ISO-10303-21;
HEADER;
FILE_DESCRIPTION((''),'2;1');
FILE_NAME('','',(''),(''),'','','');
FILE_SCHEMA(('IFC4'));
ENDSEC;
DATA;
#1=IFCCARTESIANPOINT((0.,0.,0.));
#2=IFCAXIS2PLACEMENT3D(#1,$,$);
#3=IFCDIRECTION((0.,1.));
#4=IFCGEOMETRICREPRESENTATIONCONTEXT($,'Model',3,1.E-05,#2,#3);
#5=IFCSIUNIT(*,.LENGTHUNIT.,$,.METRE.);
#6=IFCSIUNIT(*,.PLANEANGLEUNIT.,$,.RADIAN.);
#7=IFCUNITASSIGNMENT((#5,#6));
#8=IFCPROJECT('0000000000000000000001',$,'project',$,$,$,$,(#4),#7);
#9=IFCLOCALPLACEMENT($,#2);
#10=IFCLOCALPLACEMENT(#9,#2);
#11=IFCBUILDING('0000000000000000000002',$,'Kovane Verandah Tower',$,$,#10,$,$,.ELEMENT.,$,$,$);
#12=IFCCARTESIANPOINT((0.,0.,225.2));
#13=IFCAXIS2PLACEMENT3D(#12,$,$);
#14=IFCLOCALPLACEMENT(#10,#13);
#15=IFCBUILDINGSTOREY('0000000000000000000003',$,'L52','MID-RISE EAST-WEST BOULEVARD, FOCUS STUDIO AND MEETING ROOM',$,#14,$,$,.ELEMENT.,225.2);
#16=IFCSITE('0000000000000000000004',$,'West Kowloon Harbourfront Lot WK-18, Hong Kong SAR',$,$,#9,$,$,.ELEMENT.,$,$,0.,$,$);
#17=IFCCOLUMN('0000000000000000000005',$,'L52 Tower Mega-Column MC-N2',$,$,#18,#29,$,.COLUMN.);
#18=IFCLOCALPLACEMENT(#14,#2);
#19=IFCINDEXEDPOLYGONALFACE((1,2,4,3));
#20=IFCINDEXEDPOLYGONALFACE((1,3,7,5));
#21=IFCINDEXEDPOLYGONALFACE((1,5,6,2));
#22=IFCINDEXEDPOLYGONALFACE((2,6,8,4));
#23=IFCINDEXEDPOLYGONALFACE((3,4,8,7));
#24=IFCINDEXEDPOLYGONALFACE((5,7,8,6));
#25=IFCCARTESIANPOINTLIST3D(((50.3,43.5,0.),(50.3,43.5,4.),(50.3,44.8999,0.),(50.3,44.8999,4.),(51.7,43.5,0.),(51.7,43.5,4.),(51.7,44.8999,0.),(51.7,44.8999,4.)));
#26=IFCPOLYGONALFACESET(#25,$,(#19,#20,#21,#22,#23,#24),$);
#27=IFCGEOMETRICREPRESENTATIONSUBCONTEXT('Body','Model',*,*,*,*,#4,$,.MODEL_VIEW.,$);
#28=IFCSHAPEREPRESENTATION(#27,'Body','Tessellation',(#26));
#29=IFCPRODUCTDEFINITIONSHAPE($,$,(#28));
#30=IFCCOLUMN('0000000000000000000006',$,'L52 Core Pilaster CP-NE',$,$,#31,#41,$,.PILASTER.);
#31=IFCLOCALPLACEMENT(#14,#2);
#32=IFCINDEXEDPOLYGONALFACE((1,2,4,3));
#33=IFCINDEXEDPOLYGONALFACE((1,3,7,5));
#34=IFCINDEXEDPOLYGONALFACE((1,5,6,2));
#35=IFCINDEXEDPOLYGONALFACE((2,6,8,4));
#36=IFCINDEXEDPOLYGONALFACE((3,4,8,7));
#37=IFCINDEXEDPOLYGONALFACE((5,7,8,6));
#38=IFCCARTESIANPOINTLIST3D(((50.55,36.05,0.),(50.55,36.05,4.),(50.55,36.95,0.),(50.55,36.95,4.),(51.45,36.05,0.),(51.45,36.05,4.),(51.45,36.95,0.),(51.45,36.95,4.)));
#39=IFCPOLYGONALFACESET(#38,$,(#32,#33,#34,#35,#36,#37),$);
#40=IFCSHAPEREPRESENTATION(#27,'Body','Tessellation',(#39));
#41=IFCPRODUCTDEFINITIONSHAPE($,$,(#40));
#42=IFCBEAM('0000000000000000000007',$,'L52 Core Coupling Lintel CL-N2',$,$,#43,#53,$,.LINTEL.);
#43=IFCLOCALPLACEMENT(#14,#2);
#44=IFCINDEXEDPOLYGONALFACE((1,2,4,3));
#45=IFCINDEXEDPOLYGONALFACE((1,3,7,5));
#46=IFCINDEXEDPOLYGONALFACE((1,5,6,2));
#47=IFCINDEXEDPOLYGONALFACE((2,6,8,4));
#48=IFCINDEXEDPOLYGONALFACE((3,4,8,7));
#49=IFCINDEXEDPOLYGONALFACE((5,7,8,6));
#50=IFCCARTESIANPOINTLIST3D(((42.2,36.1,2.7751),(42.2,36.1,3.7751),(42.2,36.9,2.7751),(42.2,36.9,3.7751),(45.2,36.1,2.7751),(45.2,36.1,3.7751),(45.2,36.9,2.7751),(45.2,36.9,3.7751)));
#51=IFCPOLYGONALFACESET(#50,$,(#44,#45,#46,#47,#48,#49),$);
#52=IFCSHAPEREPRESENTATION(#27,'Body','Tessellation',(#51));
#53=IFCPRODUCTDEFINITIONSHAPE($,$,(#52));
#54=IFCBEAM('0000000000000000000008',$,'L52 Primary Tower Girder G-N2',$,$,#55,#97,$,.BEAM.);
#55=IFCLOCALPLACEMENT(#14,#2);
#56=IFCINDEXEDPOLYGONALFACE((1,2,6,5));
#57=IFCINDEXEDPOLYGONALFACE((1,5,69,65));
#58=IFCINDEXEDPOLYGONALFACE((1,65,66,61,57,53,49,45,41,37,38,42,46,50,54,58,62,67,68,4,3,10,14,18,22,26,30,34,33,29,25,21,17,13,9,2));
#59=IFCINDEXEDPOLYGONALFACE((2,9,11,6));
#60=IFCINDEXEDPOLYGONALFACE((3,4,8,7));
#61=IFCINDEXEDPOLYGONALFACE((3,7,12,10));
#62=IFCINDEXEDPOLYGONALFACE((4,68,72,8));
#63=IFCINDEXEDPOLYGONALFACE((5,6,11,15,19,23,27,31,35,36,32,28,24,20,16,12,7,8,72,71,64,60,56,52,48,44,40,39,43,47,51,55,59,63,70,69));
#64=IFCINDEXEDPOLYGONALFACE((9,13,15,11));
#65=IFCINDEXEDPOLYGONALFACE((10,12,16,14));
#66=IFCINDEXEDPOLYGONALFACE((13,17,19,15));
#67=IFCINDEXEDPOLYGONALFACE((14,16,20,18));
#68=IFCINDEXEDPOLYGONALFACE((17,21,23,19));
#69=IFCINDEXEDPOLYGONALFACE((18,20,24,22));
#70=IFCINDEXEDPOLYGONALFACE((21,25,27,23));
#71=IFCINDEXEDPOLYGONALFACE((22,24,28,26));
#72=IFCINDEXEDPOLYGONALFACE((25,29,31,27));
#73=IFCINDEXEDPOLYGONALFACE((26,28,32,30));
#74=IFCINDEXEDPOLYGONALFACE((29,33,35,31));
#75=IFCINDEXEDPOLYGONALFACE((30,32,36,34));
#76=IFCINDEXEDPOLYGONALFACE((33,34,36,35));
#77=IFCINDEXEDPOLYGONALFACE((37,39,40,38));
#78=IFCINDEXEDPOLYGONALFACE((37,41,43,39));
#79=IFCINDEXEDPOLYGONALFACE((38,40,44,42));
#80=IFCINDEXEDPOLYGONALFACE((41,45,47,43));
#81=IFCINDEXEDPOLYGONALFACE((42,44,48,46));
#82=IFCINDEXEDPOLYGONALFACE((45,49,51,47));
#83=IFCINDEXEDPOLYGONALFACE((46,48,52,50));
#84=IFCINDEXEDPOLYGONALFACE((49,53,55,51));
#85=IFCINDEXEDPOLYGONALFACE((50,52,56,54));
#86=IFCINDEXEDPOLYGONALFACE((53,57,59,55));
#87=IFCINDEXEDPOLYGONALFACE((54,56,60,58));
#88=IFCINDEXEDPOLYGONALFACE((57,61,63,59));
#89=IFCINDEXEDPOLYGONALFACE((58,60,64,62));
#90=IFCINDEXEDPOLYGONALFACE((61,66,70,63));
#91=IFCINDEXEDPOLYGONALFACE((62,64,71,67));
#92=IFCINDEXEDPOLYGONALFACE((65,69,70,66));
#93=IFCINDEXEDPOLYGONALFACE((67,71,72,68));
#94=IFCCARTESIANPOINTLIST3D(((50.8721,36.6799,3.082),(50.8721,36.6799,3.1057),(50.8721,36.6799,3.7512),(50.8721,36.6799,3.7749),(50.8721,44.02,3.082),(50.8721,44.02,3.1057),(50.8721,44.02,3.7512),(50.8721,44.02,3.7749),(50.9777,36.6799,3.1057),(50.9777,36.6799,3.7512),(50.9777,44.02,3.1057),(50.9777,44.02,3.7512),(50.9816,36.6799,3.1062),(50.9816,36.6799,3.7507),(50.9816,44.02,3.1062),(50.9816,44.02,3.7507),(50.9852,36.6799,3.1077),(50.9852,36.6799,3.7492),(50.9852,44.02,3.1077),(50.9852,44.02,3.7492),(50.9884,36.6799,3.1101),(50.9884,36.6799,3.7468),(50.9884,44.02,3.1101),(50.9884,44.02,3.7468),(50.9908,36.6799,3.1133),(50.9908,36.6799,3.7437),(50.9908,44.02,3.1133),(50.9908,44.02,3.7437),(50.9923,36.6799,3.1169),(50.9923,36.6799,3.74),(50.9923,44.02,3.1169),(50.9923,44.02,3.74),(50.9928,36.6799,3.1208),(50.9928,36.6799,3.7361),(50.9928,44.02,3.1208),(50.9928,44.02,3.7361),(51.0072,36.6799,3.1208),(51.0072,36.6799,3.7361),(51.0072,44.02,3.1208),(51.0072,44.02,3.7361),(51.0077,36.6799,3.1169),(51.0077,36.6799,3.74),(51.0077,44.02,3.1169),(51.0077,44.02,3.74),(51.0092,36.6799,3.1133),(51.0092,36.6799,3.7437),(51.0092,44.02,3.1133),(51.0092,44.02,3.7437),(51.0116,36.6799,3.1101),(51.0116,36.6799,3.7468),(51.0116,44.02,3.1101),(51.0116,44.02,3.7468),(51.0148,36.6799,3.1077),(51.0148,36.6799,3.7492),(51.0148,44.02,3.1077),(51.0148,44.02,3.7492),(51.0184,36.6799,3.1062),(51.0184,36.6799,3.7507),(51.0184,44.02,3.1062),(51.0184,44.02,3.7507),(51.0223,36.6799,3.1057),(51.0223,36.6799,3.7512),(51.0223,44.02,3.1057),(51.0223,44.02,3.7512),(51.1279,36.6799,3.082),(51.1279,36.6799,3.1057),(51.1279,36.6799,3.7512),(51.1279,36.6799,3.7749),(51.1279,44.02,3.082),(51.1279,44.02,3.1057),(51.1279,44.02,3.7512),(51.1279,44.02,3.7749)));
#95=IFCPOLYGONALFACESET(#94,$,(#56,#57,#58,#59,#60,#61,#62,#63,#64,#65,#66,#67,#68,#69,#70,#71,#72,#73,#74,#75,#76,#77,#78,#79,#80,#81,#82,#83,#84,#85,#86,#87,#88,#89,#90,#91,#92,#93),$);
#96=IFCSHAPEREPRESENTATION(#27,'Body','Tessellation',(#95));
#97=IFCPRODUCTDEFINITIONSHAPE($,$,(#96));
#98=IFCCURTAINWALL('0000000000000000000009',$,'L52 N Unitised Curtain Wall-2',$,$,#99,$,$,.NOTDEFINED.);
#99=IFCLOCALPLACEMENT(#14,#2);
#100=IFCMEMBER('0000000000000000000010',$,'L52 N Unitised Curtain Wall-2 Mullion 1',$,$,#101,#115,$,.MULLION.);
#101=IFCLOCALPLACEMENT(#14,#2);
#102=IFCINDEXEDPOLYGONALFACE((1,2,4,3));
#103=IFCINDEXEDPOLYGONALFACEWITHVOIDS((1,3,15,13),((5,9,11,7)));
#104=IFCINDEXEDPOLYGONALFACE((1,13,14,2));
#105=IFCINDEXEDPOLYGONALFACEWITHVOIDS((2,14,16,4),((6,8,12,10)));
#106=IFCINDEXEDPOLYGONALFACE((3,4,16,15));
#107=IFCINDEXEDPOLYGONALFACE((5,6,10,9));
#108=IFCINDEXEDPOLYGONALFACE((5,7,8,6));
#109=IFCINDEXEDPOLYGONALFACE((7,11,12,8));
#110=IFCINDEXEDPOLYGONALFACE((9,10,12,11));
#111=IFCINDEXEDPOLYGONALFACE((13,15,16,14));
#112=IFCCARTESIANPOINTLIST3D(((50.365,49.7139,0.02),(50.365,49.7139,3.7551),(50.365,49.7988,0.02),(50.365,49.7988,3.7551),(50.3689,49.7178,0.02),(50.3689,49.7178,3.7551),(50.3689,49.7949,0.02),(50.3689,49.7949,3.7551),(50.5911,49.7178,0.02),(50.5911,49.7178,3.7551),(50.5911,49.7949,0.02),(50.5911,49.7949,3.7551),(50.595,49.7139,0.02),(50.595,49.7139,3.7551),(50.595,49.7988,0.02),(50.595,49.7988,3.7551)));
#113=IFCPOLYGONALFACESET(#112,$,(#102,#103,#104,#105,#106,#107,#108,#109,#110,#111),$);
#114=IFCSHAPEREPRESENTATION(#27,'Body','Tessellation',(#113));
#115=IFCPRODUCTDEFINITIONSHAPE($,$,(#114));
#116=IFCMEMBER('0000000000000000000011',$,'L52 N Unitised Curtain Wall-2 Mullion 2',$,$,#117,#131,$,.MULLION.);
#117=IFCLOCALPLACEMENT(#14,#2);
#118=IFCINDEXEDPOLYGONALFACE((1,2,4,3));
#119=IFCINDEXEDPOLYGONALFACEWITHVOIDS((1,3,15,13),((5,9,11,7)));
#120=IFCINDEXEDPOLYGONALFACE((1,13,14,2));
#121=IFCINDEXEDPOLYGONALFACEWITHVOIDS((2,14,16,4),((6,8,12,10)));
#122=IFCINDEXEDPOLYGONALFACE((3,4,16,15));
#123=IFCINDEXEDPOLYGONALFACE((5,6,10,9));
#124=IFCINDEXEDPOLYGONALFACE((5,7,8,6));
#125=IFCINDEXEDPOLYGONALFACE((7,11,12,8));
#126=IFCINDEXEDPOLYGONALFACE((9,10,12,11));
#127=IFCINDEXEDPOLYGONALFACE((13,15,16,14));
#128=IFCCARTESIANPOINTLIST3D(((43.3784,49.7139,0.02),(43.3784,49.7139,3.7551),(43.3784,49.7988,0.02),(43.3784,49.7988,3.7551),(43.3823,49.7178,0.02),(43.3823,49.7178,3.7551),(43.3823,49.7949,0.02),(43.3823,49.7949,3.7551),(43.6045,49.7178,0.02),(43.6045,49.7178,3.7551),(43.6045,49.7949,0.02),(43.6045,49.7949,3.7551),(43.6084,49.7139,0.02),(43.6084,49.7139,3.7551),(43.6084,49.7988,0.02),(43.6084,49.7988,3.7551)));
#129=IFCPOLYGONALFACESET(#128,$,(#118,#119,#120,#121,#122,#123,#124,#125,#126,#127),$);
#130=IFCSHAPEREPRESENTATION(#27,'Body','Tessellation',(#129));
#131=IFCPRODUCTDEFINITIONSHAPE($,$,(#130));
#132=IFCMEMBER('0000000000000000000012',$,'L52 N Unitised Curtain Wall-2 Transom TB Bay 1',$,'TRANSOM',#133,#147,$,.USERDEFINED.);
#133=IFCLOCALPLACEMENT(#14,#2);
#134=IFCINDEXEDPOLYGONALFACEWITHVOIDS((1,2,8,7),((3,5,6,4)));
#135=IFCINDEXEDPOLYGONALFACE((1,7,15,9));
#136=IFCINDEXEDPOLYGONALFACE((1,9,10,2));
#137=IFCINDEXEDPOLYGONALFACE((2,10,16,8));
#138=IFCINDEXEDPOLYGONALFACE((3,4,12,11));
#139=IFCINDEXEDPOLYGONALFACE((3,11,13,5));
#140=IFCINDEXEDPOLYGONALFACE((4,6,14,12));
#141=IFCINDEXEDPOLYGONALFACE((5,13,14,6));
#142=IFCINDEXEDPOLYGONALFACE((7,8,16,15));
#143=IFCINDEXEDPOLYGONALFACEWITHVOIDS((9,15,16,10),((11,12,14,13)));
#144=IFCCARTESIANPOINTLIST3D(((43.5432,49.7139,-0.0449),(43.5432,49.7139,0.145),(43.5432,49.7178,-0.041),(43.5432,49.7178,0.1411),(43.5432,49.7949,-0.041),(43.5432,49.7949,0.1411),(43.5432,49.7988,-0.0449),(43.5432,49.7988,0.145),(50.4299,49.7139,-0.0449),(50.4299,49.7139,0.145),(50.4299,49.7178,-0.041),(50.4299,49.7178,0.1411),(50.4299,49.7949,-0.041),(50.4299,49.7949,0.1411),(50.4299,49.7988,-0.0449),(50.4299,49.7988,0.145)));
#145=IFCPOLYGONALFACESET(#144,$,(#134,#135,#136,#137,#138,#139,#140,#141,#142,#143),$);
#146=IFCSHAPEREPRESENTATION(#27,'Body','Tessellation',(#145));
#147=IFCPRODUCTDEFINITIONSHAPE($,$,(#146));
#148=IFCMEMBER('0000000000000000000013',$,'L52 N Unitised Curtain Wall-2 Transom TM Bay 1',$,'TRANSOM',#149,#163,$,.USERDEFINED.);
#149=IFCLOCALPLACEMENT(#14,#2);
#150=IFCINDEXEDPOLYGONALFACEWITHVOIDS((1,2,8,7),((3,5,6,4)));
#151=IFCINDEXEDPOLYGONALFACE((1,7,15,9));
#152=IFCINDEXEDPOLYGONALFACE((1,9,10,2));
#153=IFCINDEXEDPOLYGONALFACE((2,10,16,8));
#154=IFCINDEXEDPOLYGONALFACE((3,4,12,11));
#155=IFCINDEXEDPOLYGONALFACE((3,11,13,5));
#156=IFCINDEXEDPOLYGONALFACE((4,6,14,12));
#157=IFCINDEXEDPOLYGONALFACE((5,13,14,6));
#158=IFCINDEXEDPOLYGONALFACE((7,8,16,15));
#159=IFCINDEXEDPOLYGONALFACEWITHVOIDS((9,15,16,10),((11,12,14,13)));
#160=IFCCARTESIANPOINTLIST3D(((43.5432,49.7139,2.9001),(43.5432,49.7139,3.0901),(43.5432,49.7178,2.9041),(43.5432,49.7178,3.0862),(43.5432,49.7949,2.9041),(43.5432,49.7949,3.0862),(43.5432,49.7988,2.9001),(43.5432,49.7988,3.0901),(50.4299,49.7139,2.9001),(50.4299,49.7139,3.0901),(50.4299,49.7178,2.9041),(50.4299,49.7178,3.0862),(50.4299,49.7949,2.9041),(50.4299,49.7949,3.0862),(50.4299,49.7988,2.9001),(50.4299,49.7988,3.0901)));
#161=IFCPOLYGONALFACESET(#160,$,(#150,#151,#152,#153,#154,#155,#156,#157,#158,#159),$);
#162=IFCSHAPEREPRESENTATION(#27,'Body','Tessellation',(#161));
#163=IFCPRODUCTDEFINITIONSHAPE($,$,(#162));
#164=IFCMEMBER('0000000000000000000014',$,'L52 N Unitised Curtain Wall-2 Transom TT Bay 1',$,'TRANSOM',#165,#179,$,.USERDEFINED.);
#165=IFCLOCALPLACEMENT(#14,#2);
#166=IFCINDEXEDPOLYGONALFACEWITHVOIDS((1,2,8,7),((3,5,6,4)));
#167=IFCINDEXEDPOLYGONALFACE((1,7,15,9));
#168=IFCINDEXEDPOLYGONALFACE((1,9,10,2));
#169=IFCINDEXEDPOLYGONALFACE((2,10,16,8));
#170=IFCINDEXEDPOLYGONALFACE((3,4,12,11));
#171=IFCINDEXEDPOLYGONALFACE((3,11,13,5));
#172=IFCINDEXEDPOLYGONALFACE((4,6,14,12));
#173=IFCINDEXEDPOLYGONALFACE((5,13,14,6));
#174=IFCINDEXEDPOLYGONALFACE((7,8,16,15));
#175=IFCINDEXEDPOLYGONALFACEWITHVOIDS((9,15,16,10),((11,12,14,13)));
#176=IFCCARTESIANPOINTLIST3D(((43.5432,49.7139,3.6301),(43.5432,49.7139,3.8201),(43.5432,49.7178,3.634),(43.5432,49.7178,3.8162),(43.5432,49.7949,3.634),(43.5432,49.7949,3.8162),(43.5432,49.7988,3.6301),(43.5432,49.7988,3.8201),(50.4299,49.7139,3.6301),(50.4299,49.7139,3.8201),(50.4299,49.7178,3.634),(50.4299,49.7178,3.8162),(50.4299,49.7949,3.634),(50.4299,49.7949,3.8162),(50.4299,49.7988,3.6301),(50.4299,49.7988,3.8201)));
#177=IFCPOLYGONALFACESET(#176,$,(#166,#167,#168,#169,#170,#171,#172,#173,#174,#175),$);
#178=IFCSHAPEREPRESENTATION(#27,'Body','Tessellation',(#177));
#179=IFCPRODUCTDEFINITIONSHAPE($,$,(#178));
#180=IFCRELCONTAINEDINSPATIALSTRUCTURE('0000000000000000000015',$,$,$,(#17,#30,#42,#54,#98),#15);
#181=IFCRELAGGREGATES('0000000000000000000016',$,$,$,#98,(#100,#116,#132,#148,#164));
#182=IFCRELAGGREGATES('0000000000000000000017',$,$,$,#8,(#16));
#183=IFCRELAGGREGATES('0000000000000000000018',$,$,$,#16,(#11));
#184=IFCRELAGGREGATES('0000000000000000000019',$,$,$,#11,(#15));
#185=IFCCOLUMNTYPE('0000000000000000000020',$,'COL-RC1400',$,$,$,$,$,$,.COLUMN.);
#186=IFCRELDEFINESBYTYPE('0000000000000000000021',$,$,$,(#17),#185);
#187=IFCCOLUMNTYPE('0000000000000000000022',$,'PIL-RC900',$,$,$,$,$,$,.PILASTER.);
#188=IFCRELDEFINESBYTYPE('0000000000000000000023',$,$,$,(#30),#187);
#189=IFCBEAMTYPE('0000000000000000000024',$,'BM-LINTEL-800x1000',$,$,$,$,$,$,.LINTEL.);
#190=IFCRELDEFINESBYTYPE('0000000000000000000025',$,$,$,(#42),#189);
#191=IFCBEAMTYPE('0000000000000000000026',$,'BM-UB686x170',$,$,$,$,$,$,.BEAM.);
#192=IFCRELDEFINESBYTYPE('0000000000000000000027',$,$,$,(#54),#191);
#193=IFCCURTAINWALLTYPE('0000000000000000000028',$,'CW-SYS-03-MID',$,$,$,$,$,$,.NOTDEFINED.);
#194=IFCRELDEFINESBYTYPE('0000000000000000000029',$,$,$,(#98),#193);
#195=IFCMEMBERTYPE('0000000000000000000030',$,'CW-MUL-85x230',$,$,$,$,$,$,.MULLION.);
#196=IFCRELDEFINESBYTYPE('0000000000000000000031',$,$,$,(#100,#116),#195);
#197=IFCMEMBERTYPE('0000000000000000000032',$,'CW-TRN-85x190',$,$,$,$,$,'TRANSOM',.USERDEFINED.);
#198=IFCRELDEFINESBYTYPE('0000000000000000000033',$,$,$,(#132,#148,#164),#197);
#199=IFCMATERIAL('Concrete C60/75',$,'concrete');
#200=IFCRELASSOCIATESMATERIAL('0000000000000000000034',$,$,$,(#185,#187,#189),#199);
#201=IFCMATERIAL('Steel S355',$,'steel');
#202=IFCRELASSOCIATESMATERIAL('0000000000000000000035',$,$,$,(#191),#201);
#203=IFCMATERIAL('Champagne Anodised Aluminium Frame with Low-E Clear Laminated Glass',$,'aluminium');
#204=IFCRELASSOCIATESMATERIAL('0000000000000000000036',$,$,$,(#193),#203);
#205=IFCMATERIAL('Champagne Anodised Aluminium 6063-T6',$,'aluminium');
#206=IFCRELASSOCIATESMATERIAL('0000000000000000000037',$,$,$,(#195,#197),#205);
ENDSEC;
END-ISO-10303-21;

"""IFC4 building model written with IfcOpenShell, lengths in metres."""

from ifc_helpers import new_model, si_unit, direction, frame, origin, origin_2d, place, context, subcontext, project, spatial, rectangle, hollow_rectangle, i_section, extrude, material, material_profile, profile_set, type_object, element, aggregate, save


model = new_model("IFC4")

# Units and contexts
model_context = context("Model", 3, precision=1e-05, world=origin(), true_north=direction((0.0, 1.0)))
body_context = subcontext(model_context, "Body", "Model", "MODEL_VIEW")
ifc_project = project(units=[si_unit("LENGTHUNIT", "METRE"), si_unit("PLANEANGLEUNIT", "RADIAN")], contexts=[model_context])

# Site, building, storey
site_placement = place(None, origin())
site = spatial("IfcSite", under=ifc_project, at=site_placement, Name="West Kowloon Harbourfront Lot WK-18, Hong Kong SAR", CompositionType="ELEMENT", RefElevation=0.0)
building_placement = place(site_placement, origin())
building = spatial("IfcBuilding", under=site, at=building_placement, Name="Kovane Verandah Tower", CompositionType="ELEMENT")
storey_placement = place(building_placement, frame((0.0, 0.0, 225.2)))
storey = spatial("IfcBuildingStorey", under=building, at=storey_placement, Name="L52", Description="MID-RISE EAST-WEST BOULEVARD, FOCUS STUDIO AND MEETING ROOM", CompositionType="ELEMENT", Elevation=225.2)

# Columns
ifc_material_1 = material(Name="Concrete C60/75", Category="concrete")
ifc_material_profile_1 = material_profile(ifc_material_1, rectangle(XDim=1.3999, YDim=1.3999, at=origin_2d()), Name="RC1400x1400")
ifc_profile_set_1 = profile_set([ifc_material_profile_1], Name="Concrete C60/75")
column_type_1 = type_object("IfcColumnType", Name="COL-RC1400", PredefinedType="COLUMN", material=ifc_profile_set_1)
column_1_placement = place(storey_placement, frame((51.0, 44.2, 0.0), z_axis=(0.0, 0.0, 1.0), x_axis=(1.0, 0.0, 0.0)))
element("IfcColumn", 1, at=column_1_placement, inside=storey, type_object=column_type_1, Name="L52 Tower Mega-Column MC-N2", PredefinedType="COLUMN", context=body_context, shape_type="SweptSolid", body=[
    extrude(rectangle(XDim=1.3999, YDim=1.3999, at=origin_2d()), origin(), (0.0, 0.0, 1.0), 4.0),
])
ifc_material_profile_2 = material_profile(ifc_material_1, rectangle(XDim=0.8999, YDim=0.8999, at=origin_2d()), Name="RC900x900")
ifc_profile_set_2 = profile_set([ifc_material_profile_2], Name="Concrete C60/75")
column_type_2 = type_object("IfcColumnType", Name="PIL-RC900", PredefinedType="PILASTER", material=ifc_profile_set_2)
column_2_placement = place(storey_placement, frame((51.0, 36.5, 0.0), z_axis=(0.0, 0.0, 1.0), x_axis=(1.0, 0.0, 0.0)))
element("IfcColumn", 2, at=column_2_placement, inside=storey, type_object=column_type_2, Name="L52 Core Pilaster CP-NE", PredefinedType="PILASTER", context=body_context, shape_type="SweptSolid", body=[
    extrude(rectangle(XDim=0.8999, YDim=0.8999, at=origin_2d()), origin(), (0.0, 0.0, 1.0), 4.0),
])

# Beams
ifc_material_profile_3 = material_profile(ifc_material_1, rectangle(XDim=0.8, YDim=1.0, at=origin_2d()), Name="RCB800x1000")
ifc_profile_set_3 = profile_set([ifc_material_profile_3], Name="Concrete C60/75")
beam_type_1 = type_object("IfcBeamType", Name="BM-LINTEL-800x1000", PredefinedType="LINTEL", material=ifc_profile_set_3)
beam_1_placement = place(storey_placement, frame((42.2, 36.5, 3.2751), z_axis=(1.0, 0.0, 0.0), x_axis=(0.0, 1.0, 0.0)))
element("IfcBeam", 3, at=beam_1_placement, inside=storey, type_object=beam_type_1, Name="L52 Core Coupling Lintel CL-N2", PredefinedType="LINTEL", context=body_context, shape_type="SweptSolid", body=[
    extrude(rectangle(XDim=0.8, YDim=1.0, at=origin_2d()), origin(), (0.0, 0.0, 1.0), 3.0),
])
ifc_material_2 = material(Name="Steel S355", Category="steel")
ifc_material_profile_4 = material_profile(ifc_material_2, i_section(OverallWidth=0.2559, OverallDepth=0.6929, WebThickness=0.0144, FlangeThickness=0.0237, FilletRadius=0.0151, at=origin_2d()), Name="UB686x254x170")
ifc_profile_set_4 = profile_set([ifc_material_profile_4], Name="Steel S355")
beam_type_2 = type_object("IfcBeamType", Name="BM-UB686x170", PredefinedType="BEAM", material=ifc_profile_set_4)
beam_2_placement = place(storey_placement, frame((51.0, 36.6799, 3.4285), z_axis=(0.0, 1.0, 0.0), x_axis=(-1.0, 0.0, 0.0)))
element("IfcBeam", 4, at=beam_2_placement, inside=storey, type_object=beam_type_2, Name="L52 Primary Tower Girder G-N2", PredefinedType="BEAM", context=body_context, shape_type="SweptSolid", body=[
    extrude(i_section(OverallWidth=0.2559, OverallDepth=0.6929, WebThickness=0.0144, FlangeThickness=0.0237, FilletRadius=0.0151, at=origin_2d()), origin(), (0.0, 0.0, 1.0), 7.3401),
])

# Curtain wall, members
ifc_material_3 = material(Name="Champagne Anodised Aluminium Frame with Low-E Clear Laminated Glass", Category="aluminium")
curtain_wall_type = type_object("IfcCurtainWallType", Name="CW-SYS-03-MID", PredefinedType="NOTDEFINED", material=ifc_material_3)
curtain_wall_placement = place(storey_placement, origin())
curtain_wall = element("IfcCurtainWall", 5, at=curtain_wall_placement, inside=storey, type_object=curtain_wall_type, Name="L52 N Unitised Curtain Wall-2", PredefinedType="NOTDEFINED")
ifc_material_4 = material(Name="Champagne Anodised Aluminium 6063-T6", Category="aluminium")
ifc_material_profile_5 = material_profile(ifc_material_4, hollow_rectangle(XDim=0.085, YDim=0.23, WallThickness=0.0039, at=origin_2d()), Name="AL85x230x4")
ifc_profile_set_5 = profile_set([ifc_material_profile_5], Name="Champagne Anodised Aluminium 6063-T6")
member_type_1 = type_object("IfcMemberType", Name="CW-MUL-85x230", PredefinedType="MULLION", material=ifc_profile_set_5)
member_1_placement = place(storey_placement, frame((50.48, 49.7563, 0.02), z_axis=(0.0, 0.0, 1.0), x_axis=(0.0, 1.0, 0.0)))
member_1 = element("IfcMember", 6, at=member_1_placement, type_object=member_type_1, Name="L52 N Unitised Curtain Wall-2 Mullion 1", PredefinedType="MULLION", context=body_context, shape_type="SweptSolid", body=[
    extrude(hollow_rectangle(XDim=0.085, YDim=0.23, WallThickness=0.0039, at=origin_2d()), origin(), (0.0, 0.0, 1.0), 3.7351),
])
member_2_placement = place(storey_placement, frame((43.4934, 49.7563, 0.02), z_axis=(0.0, 0.0, 1.0), x_axis=(0.0, 1.0, 0.0)))
member_2 = element("IfcMember", 7, at=member_2_placement, type_object=member_type_1, Name="L52 N Unitised Curtain Wall-2 Mullion 2", PredefinedType="MULLION", context=body_context, shape_type="SweptSolid", body=[
    extrude(hollow_rectangle(XDim=0.085, YDim=0.23, WallThickness=0.0039, at=origin_2d()), origin(), (0.0, 0.0, 1.0), 3.7351),
])
ifc_material_profile_6 = material_profile(ifc_material_4, hollow_rectangle(XDim=0.085, YDim=0.1899, WallThickness=0.0039, at=origin_2d()), Name="AL85x190x4")
ifc_profile_set_6 = profile_set([ifc_material_profile_6], Name="Champagne Anodised Aluminium 6063-T6")
member_type_2 = type_object("IfcMemberType", Name="CW-TRN-85x190", ElementType="TRANSOM", PredefinedType="USERDEFINED", material=ifc_profile_set_6)
member_3_placement = place(storey_placement, frame((50.4299, 49.7563, 0.05), z_axis=(-1.0, 0.0, 0.0), x_axis=(0.0, -1.0, 0.0)))
member_3 = element("IfcMember", 8, at=member_3_placement, type_object=member_type_2, Name="L52 N Unitised Curtain Wall-2 Transom TB Bay 1", ObjectType="TRANSOM", PredefinedType="USERDEFINED", context=body_context, shape_type="SweptSolid", body=[
    extrude(hollow_rectangle(XDim=0.085, YDim=0.1899, WallThickness=0.0039, at=origin_2d()), origin(), (0.0, 0.0, 1.0), 6.8867),
])
member_4_placement = place(storey_placement, frame((50.4299, 49.7563, 2.9951), z_axis=(-1.0, 0.0, 0.0), x_axis=(0.0, -1.0, 0.0)))
member_4 = element("IfcMember", 9, at=member_4_placement, type_object=member_type_2, Name="L52 N Unitised Curtain Wall-2 Transom TM Bay 1", ObjectType="TRANSOM", PredefinedType="USERDEFINED", context=body_context, shape_type="SweptSolid", body=[
    extrude(hollow_rectangle(XDim=0.085, YDim=0.1899, WallThickness=0.0039, at=origin_2d()), origin(), (0.0, 0.0, 1.0), 6.8867),
])
member_5_placement = place(storey_placement, frame((50.4299, 49.7563, 3.7251), z_axis=(-1.0, 0.0, 0.0), x_axis=(0.0, -1.0, 0.0)))
member_5 = element("IfcMember", 10, at=member_5_placement, type_object=member_type_2, Name="L52 N Unitised Curtain Wall-2 Transom TT Bay 1", ObjectType="TRANSOM", PredefinedType="USERDEFINED", context=body_context, shape_type="SweptSolid", body=[
    extrude(hollow_rectangle(XDim=0.085, YDim=0.1899, WallThickness=0.0039, at=origin_2d()), origin(), (0.0, 0.0, 1.0), 6.8867),
])
aggregate(curtain_wall, [member_1, member_2, member_3, member_4, member_5])

save(model, "model.ifc")
